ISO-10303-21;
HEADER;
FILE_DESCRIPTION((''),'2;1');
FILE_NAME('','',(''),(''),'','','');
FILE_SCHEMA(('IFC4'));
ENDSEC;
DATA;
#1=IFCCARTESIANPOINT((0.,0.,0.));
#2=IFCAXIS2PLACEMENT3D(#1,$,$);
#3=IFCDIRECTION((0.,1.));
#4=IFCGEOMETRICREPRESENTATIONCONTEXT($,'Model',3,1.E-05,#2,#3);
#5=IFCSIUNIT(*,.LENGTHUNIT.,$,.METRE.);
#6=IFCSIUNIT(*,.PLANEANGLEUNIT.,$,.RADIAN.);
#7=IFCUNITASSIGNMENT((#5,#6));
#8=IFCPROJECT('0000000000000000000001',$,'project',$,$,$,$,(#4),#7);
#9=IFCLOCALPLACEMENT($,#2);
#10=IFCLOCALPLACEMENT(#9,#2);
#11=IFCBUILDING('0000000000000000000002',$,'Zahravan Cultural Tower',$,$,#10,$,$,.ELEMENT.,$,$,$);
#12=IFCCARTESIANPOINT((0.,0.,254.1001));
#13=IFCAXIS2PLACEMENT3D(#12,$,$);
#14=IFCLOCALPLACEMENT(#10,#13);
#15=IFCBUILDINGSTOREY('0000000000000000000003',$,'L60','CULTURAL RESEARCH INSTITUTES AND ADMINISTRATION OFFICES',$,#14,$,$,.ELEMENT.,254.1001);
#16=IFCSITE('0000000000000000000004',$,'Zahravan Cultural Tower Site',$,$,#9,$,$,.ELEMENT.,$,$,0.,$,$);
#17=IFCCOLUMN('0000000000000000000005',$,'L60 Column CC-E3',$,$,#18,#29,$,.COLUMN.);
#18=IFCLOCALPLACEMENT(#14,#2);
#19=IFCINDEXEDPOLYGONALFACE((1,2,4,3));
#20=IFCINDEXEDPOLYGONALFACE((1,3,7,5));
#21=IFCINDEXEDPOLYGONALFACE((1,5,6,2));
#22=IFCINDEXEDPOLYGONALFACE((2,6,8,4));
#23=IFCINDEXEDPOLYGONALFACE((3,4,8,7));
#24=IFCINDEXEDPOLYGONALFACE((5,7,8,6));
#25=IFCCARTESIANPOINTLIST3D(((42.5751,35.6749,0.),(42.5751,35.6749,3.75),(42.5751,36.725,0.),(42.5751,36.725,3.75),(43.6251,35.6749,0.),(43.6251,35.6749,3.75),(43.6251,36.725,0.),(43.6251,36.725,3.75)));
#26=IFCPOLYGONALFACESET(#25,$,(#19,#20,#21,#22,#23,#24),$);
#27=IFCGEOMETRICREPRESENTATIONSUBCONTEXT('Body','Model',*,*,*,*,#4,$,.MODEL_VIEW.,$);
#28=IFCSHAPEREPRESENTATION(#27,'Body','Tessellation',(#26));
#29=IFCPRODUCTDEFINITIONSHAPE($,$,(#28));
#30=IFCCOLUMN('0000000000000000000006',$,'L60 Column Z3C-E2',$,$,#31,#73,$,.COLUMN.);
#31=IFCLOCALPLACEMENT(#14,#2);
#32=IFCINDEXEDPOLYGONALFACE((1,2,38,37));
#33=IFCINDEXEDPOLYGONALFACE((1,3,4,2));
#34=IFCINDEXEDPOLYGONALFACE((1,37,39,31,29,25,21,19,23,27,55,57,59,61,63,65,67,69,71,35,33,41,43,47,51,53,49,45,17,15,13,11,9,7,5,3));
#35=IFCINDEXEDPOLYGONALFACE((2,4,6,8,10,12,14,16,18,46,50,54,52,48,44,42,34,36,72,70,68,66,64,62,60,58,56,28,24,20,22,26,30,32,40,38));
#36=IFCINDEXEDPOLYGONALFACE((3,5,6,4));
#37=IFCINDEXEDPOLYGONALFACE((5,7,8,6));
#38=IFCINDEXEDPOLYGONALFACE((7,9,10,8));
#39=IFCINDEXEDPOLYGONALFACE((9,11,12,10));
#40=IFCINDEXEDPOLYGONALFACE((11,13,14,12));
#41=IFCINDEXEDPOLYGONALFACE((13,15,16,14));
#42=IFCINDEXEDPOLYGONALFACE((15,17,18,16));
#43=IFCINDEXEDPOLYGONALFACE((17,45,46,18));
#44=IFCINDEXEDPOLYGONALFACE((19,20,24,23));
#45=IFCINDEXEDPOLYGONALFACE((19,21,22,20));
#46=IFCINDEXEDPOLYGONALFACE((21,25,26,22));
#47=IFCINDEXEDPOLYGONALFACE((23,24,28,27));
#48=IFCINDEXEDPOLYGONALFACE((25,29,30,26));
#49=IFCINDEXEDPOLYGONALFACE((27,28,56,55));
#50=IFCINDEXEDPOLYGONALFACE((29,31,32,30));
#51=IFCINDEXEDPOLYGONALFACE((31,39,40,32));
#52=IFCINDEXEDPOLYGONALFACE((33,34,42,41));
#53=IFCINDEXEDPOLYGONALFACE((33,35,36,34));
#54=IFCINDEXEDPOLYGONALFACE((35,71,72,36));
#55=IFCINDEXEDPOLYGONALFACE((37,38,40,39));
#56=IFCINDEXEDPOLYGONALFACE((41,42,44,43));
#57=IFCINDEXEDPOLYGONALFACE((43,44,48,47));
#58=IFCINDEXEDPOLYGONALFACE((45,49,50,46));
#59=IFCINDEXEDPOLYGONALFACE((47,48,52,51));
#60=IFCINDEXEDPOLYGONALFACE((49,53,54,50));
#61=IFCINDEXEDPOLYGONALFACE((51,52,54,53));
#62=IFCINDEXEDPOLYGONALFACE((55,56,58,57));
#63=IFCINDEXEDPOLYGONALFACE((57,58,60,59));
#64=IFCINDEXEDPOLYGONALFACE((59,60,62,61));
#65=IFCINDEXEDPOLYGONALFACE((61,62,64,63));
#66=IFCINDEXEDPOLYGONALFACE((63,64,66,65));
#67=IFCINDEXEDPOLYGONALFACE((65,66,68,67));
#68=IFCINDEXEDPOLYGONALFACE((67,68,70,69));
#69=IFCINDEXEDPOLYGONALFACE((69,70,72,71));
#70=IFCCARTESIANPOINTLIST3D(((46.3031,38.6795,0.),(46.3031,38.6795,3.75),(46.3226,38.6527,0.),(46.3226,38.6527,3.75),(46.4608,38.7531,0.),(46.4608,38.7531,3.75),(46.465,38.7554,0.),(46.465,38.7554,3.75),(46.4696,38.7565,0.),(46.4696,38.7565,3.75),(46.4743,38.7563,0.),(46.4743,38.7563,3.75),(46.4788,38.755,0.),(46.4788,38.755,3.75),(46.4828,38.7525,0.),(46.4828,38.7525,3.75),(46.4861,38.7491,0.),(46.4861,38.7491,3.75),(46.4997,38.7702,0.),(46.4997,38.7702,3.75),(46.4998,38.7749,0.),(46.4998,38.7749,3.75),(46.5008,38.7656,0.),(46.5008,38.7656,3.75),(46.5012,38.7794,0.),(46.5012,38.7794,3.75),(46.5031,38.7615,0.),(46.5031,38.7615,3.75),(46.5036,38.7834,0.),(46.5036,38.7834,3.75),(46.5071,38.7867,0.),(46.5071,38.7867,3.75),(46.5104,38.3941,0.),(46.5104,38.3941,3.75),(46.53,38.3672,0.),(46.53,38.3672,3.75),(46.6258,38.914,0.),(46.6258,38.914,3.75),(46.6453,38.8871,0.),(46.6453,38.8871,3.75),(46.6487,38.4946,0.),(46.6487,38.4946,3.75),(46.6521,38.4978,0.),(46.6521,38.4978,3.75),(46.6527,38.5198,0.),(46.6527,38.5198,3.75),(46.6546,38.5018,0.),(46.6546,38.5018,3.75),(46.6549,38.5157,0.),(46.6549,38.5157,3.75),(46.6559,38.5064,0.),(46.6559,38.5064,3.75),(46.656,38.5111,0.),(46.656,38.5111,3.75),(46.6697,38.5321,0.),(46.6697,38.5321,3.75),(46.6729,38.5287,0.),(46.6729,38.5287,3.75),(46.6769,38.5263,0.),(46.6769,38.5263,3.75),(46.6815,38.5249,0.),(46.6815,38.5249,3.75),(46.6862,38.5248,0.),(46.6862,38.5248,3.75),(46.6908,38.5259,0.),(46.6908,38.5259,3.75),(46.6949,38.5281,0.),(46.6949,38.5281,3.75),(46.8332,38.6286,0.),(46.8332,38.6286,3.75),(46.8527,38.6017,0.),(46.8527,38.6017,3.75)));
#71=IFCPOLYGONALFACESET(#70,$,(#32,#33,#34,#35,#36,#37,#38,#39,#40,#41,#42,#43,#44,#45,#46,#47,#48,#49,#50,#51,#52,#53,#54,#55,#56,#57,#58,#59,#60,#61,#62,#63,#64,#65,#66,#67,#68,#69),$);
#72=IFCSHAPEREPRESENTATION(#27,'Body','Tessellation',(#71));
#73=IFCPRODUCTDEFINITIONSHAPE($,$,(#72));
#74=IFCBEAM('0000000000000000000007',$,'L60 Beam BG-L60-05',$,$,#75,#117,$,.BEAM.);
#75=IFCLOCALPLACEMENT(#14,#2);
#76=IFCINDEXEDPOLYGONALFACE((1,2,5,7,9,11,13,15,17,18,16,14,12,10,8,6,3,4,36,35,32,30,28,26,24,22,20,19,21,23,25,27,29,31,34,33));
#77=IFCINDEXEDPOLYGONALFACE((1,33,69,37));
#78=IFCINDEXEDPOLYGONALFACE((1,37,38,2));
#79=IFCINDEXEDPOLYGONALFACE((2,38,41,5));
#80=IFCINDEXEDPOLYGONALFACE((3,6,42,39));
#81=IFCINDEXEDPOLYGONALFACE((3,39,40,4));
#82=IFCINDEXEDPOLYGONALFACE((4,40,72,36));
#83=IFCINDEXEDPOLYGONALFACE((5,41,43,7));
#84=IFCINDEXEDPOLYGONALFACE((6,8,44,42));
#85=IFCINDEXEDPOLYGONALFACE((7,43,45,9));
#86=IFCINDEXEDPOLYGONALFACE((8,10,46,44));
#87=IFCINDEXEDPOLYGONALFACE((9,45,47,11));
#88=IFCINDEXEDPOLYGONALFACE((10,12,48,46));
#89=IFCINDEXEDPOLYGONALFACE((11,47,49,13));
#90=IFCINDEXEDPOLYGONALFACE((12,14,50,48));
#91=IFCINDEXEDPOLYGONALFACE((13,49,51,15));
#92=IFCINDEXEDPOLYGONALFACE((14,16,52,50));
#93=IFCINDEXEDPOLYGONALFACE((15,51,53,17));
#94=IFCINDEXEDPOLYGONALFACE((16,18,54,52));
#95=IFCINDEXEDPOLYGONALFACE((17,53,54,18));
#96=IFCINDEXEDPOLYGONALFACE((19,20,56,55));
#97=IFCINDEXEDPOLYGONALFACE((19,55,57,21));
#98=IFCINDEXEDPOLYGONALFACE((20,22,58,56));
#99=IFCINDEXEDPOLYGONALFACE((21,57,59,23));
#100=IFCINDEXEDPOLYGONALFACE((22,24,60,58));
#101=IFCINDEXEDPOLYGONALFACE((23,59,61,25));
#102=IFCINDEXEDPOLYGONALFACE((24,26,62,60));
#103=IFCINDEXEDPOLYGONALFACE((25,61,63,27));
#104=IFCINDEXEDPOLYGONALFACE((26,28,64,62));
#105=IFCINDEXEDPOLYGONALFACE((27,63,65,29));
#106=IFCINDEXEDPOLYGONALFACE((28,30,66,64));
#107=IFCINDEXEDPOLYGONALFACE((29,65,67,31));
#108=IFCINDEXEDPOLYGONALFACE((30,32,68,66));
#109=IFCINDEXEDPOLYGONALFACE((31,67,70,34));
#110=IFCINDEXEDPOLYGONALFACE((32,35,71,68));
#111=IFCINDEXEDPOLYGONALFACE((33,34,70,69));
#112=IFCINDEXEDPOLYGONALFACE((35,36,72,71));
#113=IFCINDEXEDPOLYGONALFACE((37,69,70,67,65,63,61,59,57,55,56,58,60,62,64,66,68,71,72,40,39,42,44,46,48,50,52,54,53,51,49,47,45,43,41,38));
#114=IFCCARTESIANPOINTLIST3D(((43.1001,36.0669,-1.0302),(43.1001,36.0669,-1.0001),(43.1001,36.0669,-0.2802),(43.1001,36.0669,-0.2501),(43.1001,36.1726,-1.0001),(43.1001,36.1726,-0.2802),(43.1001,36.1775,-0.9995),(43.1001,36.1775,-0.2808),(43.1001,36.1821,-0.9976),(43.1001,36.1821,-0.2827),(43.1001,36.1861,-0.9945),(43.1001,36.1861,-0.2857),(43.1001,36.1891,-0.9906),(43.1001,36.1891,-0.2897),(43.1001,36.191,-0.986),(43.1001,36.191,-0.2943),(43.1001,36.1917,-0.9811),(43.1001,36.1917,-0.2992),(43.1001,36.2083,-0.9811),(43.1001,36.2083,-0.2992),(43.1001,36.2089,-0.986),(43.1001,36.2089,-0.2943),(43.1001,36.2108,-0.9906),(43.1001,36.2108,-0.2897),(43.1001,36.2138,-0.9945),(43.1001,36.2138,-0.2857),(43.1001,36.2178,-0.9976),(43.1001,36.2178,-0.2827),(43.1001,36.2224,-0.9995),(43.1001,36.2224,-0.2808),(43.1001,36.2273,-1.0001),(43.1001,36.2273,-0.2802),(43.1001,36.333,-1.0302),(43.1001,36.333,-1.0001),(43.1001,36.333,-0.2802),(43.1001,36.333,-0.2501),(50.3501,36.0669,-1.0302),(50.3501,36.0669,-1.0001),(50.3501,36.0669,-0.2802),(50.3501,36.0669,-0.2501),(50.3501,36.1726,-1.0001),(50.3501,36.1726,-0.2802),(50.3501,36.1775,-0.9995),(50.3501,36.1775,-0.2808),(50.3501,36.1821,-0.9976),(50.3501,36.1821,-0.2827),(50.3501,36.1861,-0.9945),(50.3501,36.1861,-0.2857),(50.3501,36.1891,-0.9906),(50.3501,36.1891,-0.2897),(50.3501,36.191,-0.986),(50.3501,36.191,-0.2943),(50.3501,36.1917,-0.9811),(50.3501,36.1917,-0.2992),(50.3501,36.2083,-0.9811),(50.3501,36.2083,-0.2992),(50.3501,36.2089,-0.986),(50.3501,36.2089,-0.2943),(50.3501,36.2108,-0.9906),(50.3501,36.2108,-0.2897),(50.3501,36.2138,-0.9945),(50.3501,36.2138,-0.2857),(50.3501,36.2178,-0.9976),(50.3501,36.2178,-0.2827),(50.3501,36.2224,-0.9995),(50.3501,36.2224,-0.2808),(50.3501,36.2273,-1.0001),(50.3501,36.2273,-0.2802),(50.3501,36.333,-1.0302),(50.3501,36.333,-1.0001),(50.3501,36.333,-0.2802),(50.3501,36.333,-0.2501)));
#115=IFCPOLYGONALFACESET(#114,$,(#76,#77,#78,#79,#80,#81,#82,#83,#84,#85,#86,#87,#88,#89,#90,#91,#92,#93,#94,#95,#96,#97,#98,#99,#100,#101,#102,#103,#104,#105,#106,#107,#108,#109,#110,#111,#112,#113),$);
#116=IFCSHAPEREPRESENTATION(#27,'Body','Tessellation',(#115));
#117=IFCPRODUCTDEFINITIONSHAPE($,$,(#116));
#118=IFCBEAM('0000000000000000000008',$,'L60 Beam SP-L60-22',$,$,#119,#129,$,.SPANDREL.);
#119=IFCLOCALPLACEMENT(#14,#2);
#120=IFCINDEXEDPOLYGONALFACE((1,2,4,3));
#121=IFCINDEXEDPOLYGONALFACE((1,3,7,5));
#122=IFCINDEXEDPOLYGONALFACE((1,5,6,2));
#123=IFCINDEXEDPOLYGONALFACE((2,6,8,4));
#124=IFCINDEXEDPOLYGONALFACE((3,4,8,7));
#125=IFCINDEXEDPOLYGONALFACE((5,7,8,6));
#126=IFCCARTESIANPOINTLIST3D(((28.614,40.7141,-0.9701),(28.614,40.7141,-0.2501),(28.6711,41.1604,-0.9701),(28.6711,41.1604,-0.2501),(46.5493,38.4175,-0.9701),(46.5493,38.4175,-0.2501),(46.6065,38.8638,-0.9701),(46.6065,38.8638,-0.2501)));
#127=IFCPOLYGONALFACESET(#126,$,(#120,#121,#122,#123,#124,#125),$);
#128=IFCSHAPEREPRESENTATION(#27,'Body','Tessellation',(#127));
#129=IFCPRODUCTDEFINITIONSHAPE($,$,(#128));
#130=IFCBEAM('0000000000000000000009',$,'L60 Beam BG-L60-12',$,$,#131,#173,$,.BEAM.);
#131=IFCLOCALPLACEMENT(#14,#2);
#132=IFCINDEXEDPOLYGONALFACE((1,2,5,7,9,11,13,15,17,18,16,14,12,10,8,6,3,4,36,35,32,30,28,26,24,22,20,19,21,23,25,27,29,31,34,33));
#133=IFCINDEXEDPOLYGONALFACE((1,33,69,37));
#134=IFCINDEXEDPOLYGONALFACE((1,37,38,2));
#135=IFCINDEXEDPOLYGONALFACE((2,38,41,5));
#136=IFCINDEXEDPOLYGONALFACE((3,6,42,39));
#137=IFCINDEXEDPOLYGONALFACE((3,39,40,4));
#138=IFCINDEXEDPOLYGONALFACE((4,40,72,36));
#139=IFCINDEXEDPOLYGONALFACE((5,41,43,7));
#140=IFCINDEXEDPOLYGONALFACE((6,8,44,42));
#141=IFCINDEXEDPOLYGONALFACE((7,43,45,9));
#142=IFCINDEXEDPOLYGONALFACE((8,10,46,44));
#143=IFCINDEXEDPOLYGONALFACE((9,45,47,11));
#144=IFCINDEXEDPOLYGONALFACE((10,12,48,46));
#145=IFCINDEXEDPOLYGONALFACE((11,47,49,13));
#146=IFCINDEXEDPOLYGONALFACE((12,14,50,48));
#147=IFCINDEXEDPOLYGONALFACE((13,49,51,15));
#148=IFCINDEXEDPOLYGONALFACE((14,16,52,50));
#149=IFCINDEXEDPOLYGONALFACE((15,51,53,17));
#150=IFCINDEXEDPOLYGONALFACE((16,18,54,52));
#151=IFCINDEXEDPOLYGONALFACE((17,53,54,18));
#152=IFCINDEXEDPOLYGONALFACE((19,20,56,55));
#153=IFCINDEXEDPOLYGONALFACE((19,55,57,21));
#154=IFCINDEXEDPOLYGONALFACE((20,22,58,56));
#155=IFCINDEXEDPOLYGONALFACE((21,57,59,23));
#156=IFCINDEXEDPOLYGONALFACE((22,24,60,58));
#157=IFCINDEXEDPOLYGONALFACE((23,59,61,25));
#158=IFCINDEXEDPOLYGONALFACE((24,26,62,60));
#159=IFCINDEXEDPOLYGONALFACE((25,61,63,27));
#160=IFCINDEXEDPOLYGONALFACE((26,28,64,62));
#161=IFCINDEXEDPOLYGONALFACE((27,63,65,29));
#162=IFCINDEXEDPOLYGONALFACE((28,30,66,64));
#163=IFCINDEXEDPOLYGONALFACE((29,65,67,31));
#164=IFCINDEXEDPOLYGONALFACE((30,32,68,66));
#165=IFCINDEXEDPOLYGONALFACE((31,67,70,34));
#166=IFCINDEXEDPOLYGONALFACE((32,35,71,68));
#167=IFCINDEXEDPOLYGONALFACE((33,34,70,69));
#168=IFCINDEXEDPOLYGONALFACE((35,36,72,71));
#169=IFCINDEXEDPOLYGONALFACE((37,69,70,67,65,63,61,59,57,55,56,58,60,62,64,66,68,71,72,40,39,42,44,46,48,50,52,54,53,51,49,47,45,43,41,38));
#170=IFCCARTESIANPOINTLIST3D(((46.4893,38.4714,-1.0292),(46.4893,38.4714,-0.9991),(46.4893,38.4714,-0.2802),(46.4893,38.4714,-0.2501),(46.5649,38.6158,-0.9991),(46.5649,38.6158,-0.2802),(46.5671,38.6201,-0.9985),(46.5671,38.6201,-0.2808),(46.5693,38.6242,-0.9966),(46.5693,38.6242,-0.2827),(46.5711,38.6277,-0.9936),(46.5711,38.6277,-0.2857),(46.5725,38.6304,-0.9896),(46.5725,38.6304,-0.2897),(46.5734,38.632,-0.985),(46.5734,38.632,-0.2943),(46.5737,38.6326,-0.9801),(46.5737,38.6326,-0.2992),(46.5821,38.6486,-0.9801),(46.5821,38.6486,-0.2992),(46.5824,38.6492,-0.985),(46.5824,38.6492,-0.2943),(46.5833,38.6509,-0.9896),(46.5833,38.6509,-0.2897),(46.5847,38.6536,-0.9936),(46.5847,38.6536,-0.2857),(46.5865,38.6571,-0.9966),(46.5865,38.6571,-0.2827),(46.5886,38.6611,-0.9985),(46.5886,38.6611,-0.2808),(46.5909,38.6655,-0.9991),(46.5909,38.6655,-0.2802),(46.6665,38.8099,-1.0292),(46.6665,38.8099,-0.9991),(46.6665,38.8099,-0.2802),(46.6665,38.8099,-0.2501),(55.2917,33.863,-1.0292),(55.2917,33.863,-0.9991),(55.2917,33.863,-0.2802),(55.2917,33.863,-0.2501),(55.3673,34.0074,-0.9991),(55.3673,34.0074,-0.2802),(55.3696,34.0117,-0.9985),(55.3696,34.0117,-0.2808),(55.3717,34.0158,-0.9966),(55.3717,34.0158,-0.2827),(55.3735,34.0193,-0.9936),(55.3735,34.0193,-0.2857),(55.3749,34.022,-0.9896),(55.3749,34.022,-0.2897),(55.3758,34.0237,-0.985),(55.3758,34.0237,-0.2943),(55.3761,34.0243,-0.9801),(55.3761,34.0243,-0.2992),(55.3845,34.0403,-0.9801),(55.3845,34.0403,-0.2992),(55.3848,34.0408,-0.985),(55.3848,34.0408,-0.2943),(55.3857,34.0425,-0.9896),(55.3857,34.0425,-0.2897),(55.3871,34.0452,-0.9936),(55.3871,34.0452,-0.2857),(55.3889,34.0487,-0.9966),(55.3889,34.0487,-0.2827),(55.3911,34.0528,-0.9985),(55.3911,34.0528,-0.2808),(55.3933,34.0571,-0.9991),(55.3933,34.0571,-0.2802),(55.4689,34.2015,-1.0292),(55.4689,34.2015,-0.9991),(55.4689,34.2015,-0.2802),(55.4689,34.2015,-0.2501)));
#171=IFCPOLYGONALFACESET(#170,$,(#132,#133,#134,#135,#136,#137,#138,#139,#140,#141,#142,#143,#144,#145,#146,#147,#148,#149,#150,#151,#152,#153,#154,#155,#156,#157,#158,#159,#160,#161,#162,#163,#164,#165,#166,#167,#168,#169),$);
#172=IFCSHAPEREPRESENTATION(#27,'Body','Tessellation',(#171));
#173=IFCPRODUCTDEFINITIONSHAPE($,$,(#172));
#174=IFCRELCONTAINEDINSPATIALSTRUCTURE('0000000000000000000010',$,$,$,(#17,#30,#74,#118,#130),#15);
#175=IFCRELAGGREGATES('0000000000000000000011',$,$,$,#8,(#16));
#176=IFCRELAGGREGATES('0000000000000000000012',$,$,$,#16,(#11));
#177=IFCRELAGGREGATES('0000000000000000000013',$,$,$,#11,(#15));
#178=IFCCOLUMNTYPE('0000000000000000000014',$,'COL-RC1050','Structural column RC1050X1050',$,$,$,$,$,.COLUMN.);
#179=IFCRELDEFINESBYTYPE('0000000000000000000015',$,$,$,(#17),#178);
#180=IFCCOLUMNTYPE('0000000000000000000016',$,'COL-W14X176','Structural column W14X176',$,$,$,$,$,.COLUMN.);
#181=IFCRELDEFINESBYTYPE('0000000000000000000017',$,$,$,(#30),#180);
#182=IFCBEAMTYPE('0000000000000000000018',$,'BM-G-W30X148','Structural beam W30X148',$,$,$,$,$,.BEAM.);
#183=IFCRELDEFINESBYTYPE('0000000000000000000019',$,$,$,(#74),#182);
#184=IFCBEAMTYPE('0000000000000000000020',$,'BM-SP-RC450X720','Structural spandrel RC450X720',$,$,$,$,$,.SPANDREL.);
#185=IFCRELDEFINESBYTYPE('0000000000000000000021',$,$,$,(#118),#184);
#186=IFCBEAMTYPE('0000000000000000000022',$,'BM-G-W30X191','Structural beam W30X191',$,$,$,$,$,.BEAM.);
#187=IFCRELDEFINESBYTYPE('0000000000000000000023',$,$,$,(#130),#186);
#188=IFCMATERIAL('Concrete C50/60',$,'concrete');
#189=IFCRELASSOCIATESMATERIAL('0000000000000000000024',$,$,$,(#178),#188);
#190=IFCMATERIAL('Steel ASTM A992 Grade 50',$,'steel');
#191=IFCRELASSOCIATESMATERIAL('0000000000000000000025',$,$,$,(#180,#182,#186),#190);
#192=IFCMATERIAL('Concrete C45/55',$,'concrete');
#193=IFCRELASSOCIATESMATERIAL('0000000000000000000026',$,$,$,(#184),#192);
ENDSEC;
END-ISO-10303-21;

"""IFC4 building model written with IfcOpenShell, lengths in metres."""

from ifc_helpers import new_model, si_unit, direction, frame, origin, origin_2d, place, context, subcontext, project, spatial, rectangle, i_section, extrude, source, transform, mapped, material, material_profile, profile_set, type_object, element, save


model = new_model("IFC4")

# Units and contexts
model_context = context("Model", 3, precision=1e-05, world=origin(), true_north=direction((0.0, 1.0)))
body_context = subcontext(model_context, "Body", "Model", "MODEL_VIEW")
ifc_project = project(units=[si_unit("LENGTHUNIT", "METRE"), si_unit("PLANEANGLEUNIT", "RADIAN")], contexts=[model_context])

# Site, building, storey
site_placement = place(None, origin())
site = spatial("IfcSite", under=ifc_project, at=site_placement, Name="Zahravan Cultural Tower Site", CompositionType="ELEMENT", RefElevation=0.0)
building_placement = place(site_placement, origin())
building = spatial("IfcBuilding", under=site, at=building_placement, Name="Zahravan Cultural Tower", CompositionType="ELEMENT")
storey_placement = place(building_placement, frame((0.0, 0.0, 254.1001)))
storey = spatial("IfcBuildingStorey", under=building, at=storey_placement, Name="L60", Description="CULTURAL RESEARCH INSTITUTES AND ADMINISTRATION OFFICES", CompositionType="ELEMENT", Elevation=254.1001)

# Columns
ifc_material_1 = material(Name="Concrete C50/60", Category="concrete")
ifc_material_profile_1 = material_profile(ifc_material_1, rectangle(XDim=1.05, YDim=1.05, at=origin_2d()), Name="RC1050X1050")
ifc_profile_set_1 = profile_set([ifc_material_profile_1], Name="Concrete C50/60")
column_type_1 = type_object("IfcColumnType", Name="COL-RC1050", Description="Structural column RC1050X1050", PredefinedType="COLUMN", material=ifc_profile_set_1)
shared_shape_1 = source(origin(), body_context, "Body", "SweptSolid", [
    extrude(rectangle(XDim=1.05, YDim=1.05, at=origin_2d()), origin(), (0.0, 0.0, 1.0), 3.75),
])
column_1_placement = place(storey_placement, frame((43.1001, 36.2, 0.0), z_axis=(0.0, 0.0, 1.0), x_axis=(1.0, 0.0, 0.0)))
element("IfcColumn", 1, at=column_1_placement, inside=storey, type_object=column_type_1, Name="L60 Column CC-E3", PredefinedType="COLUMN", context=body_context, shape_type="MappedRepresentation", body=[
    mapped(shared_shape_1, transform((0.0, 0.0, 0.0), x_axis=(1.0, 0.0, 0.0), y_axis=(0.0, 1.0, 0.0), z_axis=(0.0, 0.0, 1.0), scale=1.0)),
])
ifc_material_2 = material(Name="Steel ASTM A992 Grade 50", Category="steel")
ifc_material_profile_2 = material_profile(ifc_material_2, i_section(OverallWidth=0.3989, OverallDepth=0.386, WebThickness=0.021, FlangeThickness=0.0332, FilletRadius=0.0181, at=origin_2d()), Name="W14X176")
ifc_profile_set_2 = profile_set([ifc_material_profile_2], Name="Steel ASTM A992 Grade 50")
column_type_2 = type_object("IfcColumnType", Name="COL-W14X176", Description="Structural column W14X176", PredefinedType="COLUMN", material=ifc_profile_set_2)
shared_shape_2 = source(origin(), body_context, "Body", "SweptSolid", [
    extrude(i_section(OverallWidth=0.3989, OverallDepth=0.386, WebThickness=0.021, FlangeThickness=0.0332, FilletRadius=0.0181, at=origin_2d()), origin(), (0.0, 0.0, 1.0), 3.75),
])
column_2_placement = place(storey_placement, frame((46.5779, 38.6406, 0.0), z_axis=(0.0, 0.0, 1.0), x_axis=(0.809017, 0.587785, 0.0)))
element("IfcColumn", 2, at=column_2_placement, inside=storey, type_object=column_type_2, Name="L60 Column Z3C-E2", PredefinedType="COLUMN", context=body_context, shape_type="MappedRepresentation", body=[
    mapped(shared_shape_2, transform((0.0, 0.0, 0.0), x_axis=(1.0, 0.0, 0.0), y_axis=(0.0, 1.0, 0.0), z_axis=(0.0, 0.0, 1.0), scale=1.0)),
])

# Beams
ifc_material_profile_3 = material_profile(ifc_material_2, i_section(OverallWidth=0.2661, OverallDepth=0.78, WebThickness=0.0166, FlangeThickness=0.03, FilletRadius=0.019, at=origin_2d()), Name="W30X148")
ifc_profile_set_3 = profile_set([ifc_material_profile_3], Name="Steel ASTM A992 Grade 50")
beam_type_1 = type_object("IfcBeamType", Name="BM-G-W30X148", Description="Structural beam W30X148", PredefinedType="BEAM", material=ifc_profile_set_3)
shared_shape_3 = source(origin(), body_context, "Body", "SweptSolid", [
    extrude(i_section(OverallWidth=0.2661, OverallDepth=0.78, WebThickness=0.0166, FlangeThickness=0.03, FilletRadius=0.019, at=origin_2d()), origin(), (0.0, 0.0, 1.0), 7.25),
])
beam_1_placement = place(storey_placement, frame((43.1001, 36.2, -0.6401), z_axis=(1.0, 0.0, 0.0), x_axis=(0.0, 1.0, 0.0)))
element("IfcBeam", 3, at=beam_1_placement, inside=storey, type_object=beam_type_1, Name="L60 Beam BG-L60-05", PredefinedType="BEAM", context=body_context, shape_type="MappedRepresentation", body=[
    mapped(shared_shape_3, transform((0.0, 0.0, 0.0), x_axis=(1.0, 0.0, 0.0), y_axis=(0.0, 1.0, 0.0), z_axis=(0.0, 0.0, 1.0), scale=1.0)),
])
ifc_material_3 = material(Name="Concrete C45/55", Category="concrete")
ifc_material_profile_4 = material_profile(ifc_material_3, rectangle(XDim=0.45, YDim=0.72, at=origin_2d()), Name="RC450X720")
ifc_profile_set_4 = profile_set([ifc_material_profile_4], Name="Concrete C45/55")
beam_type_2 = type_object("IfcBeamType", Name="BM-SP-RC450X720", Description="Structural spandrel RC450X720", PredefinedType="SPANDREL", material=ifc_profile_set_4)
shared_shape_4 = source(origin(), body_context, "Body", "SweptSolid", [
    extrude(rectangle(XDim=0.45, YDim=0.72, at=origin_2d()), origin(), (0.0, 0.0, 1.0), 18.0818),
])
beam_2_placement = place(storey_placement, frame((46.5779, 38.6406, -0.6101), z_axis=(-0.991901, 0.127014, 0.0), x_axis=(-0.127014, -0.991901, 0.0)))
element("IfcBeam", 4, at=beam_2_placement, inside=storey, type_object=beam_type_2, Name="L60 Beam SP-L60-22", PredefinedType="SPANDREL", context=body_context, shape_type="MappedRepresentation", body=[
    mapped(shared_shape_4, transform((0.0, 0.0, 0.0), x_axis=(1.0, 0.0, 0.0), y_axis=(0.0, 1.0, 0.0), z_axis=(0.0, 0.0, 1.0), scale=1.0)),
])
ifc_material_profile_5 = material_profile(ifc_material_2, i_section(OverallWidth=0.3821, OverallDepth=0.7791, WebThickness=0.0181, FlangeThickness=0.03, FilletRadius=0.019, at=origin_2d()), Name="W30X191")
ifc_profile_set_5 = profile_set([ifc_material_profile_5], Name="Steel ASTM A992 Grade 50")
beam_type_3 = type_object("IfcBeamType", Name="BM-G-W30X191", Description="Structural beam W30X191", PredefinedType="BEAM", material=ifc_profile_set_5)
shared_shape_5 = source(origin(), body_context, "Body", "SweptSolid", [
    extrude(i_section(OverallWidth=0.3821, OverallDepth=0.7791, WebThickness=0.0181, FlangeThickness=0.03, FilletRadius=0.019, at=origin_2d()), origin(), (0.0, 0.0, 1.0), 9.9358),
])
beam_3_placement = place(storey_placement, frame((46.5779, 38.6406, -0.6396), z_axis=(0.885932, -0.463815, 0.0), x_axis=(0.463815, 0.885932, 0.0)))
element("IfcBeam", 5, at=beam_3_placement, inside=storey, type_object=beam_type_3, Name="L60 Beam BG-L60-12", PredefinedType="BEAM", context=body_context, shape_type="MappedRepresentation", body=[
    mapped(shared_shape_5, transform((0.0, 0.0, 0.0), x_axis=(1.0, 0.0, 0.0), y_axis=(0.0, 1.0, 0.0), z_axis=(0.0, 0.0, 1.0), scale=1.0)),
])

save(model, "model.ifc")
